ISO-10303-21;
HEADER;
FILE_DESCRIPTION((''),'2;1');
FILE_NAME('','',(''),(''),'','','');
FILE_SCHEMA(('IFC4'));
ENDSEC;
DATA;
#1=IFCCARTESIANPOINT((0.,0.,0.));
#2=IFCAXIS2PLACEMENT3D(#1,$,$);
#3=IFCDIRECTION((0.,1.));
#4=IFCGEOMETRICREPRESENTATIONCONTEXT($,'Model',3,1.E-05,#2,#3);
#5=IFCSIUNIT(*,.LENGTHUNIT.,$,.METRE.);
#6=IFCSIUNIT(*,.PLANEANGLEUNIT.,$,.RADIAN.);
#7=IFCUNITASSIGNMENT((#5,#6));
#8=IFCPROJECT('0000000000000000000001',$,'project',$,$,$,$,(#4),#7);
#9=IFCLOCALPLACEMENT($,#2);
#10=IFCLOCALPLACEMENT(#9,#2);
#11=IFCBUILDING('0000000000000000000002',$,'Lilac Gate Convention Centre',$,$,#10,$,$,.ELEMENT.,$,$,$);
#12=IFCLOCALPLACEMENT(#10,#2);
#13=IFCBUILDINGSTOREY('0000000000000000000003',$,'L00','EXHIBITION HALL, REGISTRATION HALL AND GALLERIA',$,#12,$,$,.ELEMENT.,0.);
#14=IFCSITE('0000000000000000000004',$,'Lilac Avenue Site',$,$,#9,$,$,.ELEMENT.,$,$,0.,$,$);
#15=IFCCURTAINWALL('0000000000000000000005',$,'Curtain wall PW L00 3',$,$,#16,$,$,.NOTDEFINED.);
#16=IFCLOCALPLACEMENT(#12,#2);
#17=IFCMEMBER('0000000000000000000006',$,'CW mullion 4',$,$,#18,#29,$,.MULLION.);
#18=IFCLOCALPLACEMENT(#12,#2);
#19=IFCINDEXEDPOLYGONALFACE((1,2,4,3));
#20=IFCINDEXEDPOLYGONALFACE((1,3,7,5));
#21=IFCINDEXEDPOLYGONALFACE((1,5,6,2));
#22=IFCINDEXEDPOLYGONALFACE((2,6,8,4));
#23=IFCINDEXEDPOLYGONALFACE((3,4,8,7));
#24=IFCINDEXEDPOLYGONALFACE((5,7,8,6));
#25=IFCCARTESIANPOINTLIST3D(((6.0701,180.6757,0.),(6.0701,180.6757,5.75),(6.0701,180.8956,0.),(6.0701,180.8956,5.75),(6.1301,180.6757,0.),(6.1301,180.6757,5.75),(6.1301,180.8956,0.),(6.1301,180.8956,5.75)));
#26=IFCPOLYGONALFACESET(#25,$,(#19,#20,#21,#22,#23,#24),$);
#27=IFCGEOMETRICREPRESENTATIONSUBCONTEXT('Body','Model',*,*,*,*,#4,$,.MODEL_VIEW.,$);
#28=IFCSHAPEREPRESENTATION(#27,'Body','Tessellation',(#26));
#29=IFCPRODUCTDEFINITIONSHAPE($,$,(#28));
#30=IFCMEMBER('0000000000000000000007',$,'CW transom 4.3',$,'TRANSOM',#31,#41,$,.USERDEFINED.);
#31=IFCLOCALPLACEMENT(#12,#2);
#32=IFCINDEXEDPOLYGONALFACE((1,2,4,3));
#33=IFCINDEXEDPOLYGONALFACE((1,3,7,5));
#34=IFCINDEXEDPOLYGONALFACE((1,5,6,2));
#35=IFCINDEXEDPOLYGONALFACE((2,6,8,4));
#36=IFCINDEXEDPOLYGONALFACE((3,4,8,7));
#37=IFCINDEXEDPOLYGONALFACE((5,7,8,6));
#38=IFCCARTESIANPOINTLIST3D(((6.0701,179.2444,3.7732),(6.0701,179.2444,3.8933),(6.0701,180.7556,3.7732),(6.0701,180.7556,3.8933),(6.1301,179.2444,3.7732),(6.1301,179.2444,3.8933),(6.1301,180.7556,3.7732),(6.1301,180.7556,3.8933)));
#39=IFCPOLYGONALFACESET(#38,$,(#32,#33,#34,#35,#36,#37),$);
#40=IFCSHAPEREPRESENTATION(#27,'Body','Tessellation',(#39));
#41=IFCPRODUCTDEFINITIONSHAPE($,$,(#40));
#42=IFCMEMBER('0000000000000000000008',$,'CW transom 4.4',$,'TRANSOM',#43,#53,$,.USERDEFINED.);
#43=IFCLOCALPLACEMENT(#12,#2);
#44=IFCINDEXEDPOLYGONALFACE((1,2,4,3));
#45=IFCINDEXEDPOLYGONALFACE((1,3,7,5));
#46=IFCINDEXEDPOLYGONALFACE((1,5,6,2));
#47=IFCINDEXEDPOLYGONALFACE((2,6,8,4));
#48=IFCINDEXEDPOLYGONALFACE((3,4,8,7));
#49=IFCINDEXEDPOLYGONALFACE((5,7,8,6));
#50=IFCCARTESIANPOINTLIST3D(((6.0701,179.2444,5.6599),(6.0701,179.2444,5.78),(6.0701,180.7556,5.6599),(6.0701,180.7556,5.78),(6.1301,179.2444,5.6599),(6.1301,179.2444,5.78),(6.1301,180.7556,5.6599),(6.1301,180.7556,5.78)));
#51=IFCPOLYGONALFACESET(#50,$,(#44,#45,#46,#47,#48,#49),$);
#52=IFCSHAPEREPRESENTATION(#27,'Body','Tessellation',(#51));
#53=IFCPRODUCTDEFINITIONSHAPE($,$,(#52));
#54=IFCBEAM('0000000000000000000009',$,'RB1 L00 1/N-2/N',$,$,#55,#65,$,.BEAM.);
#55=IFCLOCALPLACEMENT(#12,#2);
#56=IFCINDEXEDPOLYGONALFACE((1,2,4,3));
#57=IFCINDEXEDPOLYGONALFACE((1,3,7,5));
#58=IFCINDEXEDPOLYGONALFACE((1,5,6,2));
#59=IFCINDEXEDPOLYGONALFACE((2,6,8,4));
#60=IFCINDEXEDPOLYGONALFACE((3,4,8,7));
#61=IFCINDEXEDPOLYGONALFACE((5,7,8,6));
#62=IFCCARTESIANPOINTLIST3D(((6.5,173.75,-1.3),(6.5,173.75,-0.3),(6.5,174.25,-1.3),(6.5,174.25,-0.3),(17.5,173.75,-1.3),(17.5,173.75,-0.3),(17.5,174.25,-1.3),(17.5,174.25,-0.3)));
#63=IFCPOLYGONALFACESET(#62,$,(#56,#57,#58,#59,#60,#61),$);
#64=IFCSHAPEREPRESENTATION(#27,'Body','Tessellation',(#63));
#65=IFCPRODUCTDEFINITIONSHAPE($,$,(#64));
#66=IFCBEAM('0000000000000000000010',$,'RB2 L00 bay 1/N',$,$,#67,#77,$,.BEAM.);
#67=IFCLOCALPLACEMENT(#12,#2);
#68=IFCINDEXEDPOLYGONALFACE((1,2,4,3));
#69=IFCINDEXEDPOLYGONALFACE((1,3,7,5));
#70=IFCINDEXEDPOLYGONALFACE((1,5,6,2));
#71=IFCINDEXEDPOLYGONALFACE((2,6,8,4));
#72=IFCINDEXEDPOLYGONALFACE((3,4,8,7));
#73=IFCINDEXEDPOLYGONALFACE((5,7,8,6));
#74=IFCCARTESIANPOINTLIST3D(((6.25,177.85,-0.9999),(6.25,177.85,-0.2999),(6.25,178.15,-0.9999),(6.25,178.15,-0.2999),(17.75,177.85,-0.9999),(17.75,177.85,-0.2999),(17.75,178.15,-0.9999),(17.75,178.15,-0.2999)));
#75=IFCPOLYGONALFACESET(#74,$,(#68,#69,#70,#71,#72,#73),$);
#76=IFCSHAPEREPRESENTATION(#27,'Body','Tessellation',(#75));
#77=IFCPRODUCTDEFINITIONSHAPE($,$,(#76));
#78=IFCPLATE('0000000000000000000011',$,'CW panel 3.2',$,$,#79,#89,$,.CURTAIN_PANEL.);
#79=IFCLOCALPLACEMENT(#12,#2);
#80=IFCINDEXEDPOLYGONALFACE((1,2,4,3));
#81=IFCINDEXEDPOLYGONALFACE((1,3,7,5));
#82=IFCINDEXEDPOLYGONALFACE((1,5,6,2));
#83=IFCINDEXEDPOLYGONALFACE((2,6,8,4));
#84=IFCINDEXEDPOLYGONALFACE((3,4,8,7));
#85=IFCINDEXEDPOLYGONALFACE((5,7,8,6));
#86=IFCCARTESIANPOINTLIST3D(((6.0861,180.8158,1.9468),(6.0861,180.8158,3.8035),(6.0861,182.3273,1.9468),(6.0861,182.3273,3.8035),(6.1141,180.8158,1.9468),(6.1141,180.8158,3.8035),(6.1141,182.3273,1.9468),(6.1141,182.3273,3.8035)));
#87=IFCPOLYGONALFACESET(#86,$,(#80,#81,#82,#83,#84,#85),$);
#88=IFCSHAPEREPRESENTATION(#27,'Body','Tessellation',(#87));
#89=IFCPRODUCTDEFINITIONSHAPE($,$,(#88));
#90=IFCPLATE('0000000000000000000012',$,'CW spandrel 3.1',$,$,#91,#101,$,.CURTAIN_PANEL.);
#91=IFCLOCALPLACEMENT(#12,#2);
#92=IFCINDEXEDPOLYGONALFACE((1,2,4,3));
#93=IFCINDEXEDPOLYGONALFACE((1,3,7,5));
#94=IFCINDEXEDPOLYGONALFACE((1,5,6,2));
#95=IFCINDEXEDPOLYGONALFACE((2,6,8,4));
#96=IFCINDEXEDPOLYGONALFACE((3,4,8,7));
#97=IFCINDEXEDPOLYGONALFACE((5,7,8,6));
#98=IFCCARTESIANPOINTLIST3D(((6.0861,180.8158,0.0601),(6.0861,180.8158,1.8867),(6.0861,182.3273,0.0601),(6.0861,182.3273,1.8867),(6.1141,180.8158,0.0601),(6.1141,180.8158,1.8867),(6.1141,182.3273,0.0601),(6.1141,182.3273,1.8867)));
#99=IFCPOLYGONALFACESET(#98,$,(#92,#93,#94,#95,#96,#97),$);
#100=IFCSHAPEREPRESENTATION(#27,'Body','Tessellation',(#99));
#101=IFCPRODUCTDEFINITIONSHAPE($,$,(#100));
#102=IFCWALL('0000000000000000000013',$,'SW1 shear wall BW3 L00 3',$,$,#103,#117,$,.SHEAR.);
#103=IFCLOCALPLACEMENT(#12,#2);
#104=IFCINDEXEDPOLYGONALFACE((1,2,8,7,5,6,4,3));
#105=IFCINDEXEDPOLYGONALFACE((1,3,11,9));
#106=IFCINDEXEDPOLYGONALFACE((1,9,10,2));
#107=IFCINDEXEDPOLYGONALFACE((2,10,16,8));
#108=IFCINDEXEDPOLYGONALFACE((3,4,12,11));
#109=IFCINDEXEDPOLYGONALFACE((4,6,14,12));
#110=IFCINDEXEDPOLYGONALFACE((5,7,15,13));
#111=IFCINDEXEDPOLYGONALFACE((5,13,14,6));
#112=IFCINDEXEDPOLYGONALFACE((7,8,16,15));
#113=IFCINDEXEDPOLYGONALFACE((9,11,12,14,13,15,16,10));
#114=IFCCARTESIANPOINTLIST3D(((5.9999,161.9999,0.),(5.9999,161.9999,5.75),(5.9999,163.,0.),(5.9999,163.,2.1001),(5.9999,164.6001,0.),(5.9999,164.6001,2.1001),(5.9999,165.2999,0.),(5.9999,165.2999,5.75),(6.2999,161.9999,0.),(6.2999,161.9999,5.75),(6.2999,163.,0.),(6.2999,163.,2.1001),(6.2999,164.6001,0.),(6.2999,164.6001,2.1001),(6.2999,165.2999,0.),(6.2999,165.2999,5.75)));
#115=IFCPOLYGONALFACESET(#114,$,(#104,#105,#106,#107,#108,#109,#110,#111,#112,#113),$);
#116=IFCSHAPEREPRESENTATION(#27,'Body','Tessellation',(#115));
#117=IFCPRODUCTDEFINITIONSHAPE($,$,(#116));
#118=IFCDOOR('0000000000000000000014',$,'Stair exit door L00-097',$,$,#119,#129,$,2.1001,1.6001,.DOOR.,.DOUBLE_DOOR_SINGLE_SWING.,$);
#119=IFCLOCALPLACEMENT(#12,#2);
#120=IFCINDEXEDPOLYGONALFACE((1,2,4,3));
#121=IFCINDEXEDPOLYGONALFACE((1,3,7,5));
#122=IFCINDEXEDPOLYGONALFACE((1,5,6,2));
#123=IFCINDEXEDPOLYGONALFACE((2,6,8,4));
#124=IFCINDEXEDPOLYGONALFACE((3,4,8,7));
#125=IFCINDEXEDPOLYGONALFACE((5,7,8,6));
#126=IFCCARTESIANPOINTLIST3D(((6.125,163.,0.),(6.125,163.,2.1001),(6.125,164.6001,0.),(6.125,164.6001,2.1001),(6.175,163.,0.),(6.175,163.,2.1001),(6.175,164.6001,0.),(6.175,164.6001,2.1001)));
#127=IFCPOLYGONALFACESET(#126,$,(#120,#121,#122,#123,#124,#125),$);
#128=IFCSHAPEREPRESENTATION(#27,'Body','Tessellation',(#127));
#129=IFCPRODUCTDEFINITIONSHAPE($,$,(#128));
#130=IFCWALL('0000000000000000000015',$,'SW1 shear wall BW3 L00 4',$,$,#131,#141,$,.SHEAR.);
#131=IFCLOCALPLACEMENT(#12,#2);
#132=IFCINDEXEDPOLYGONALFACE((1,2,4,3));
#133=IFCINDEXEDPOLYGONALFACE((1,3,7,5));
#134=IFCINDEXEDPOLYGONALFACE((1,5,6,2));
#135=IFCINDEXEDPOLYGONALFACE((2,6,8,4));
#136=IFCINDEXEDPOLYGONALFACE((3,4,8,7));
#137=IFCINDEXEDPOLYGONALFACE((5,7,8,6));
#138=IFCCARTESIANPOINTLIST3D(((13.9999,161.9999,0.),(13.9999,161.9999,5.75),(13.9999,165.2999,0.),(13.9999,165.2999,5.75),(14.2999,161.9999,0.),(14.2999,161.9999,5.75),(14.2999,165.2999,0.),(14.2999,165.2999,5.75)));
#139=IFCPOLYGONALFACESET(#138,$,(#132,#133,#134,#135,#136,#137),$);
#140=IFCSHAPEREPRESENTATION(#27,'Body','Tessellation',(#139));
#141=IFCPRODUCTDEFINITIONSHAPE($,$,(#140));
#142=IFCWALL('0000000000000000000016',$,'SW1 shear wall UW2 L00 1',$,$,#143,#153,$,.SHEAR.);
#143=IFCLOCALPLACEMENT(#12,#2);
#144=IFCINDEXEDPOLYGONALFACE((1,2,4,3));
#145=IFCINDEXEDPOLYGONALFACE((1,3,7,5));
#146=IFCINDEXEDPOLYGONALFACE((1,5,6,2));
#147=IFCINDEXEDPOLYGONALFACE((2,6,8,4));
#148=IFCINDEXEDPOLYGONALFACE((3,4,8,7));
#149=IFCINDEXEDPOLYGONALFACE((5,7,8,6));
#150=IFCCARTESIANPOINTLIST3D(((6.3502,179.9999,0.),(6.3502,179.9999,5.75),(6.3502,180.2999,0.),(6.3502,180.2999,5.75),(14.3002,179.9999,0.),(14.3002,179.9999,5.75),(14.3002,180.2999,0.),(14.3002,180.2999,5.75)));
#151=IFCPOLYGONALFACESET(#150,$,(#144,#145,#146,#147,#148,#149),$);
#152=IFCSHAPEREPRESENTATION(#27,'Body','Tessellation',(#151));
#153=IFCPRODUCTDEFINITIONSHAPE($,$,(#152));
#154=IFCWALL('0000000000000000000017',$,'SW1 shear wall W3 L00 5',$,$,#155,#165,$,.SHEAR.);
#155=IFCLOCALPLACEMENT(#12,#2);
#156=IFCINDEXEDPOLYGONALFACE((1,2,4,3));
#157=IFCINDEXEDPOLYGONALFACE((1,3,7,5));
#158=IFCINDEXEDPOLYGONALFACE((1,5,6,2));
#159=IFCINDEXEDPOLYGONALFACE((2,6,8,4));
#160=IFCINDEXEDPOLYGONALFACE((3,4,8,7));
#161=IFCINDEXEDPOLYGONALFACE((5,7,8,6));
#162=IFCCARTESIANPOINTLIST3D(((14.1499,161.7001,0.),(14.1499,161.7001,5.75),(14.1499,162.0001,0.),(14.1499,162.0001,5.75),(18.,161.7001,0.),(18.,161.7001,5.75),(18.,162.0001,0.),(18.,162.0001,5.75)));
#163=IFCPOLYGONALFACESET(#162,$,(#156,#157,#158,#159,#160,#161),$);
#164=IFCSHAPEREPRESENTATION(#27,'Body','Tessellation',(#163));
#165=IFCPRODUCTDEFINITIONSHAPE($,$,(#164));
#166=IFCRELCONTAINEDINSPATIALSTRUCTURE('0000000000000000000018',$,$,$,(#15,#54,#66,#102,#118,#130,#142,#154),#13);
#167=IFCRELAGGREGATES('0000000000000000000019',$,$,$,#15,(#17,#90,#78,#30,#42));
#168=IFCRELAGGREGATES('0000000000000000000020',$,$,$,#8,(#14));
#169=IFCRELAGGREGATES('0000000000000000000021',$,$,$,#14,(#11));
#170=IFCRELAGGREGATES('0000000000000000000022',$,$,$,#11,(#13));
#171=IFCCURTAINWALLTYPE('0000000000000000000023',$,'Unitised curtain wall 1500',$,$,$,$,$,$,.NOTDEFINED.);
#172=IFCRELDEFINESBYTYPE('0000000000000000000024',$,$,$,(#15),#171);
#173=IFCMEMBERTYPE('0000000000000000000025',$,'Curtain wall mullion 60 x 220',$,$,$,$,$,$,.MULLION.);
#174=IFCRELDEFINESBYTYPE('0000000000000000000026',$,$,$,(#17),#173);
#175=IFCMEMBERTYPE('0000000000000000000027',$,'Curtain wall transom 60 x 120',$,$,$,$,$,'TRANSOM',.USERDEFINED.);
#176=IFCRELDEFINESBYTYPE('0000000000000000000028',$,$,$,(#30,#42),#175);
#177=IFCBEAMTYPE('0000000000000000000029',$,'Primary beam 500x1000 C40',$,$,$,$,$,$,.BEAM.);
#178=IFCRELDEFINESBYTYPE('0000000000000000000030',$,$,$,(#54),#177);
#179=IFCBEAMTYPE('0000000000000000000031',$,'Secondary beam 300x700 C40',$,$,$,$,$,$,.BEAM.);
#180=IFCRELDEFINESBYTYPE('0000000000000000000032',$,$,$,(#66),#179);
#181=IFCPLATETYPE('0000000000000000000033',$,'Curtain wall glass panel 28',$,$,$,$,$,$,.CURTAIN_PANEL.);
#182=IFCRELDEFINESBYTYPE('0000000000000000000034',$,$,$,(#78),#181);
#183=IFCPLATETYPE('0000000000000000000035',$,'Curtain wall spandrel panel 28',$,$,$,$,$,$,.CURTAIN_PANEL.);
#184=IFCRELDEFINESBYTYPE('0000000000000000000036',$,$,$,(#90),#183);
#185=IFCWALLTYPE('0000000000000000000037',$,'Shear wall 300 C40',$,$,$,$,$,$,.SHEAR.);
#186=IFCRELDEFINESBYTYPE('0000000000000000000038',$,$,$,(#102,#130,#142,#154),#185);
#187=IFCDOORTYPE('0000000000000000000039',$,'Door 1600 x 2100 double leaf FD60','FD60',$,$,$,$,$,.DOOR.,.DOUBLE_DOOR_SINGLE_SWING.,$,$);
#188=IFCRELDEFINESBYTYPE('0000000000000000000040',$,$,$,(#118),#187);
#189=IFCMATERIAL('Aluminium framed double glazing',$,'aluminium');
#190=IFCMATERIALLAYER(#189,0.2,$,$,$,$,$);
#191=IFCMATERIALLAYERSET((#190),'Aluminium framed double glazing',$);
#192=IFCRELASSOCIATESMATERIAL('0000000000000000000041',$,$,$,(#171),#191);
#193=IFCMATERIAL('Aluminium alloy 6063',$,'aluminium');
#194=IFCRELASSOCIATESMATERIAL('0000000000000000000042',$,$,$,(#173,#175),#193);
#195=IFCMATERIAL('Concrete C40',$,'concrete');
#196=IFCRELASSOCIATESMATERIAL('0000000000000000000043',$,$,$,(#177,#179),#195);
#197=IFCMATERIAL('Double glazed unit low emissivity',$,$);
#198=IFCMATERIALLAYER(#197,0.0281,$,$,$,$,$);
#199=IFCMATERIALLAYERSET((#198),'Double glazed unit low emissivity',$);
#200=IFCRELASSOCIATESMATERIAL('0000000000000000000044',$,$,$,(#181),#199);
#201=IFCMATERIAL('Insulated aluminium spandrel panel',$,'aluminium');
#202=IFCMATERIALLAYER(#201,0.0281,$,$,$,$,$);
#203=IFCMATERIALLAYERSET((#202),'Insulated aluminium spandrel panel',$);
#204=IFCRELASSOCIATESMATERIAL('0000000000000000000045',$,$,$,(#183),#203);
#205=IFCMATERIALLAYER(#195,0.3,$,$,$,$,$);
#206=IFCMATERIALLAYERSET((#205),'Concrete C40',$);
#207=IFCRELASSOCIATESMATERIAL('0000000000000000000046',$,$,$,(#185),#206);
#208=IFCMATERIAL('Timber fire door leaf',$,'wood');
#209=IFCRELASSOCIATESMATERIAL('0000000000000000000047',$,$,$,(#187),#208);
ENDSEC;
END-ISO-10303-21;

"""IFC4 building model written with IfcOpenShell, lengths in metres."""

from ifc_helpers import new_model, si_unit, direction, frame, frame_2d, origin, origin_2d, place, context, subcontext, project, spatial, rectangle, extrude, material, layer, layer_set, material_profile, profile_set, type_object, element, fill, aggregate, save


model = new_model("IFC4")

# Units and contexts
model_context = context("Model", 3, precision=1e-05, world=origin(), true_north=direction((0.0, 1.0)))
body_context = subcontext(model_context, "Body", "Model", "MODEL_VIEW")
ifc_project = project(units=[si_unit("LENGTHUNIT", "METRE"), si_unit("PLANEANGLEUNIT", "RADIAN")], contexts=[model_context])

# Site, building, storey
site_placement = place(None, origin())
site = spatial("IfcSite", under=ifc_project, at=site_placement, Name="Lilac Avenue Site", CompositionType="ELEMENT", RefElevation=0.0)
building_placement = place(site_placement, origin())
building = spatial("IfcBuilding", under=site, at=building_placement, Name="Lilac Gate Convention Centre", CompositionType="ELEMENT")
storey_placement = place(building_placement, origin())
storey = spatial("IfcBuildingStorey", under=building, at=storey_placement, Name="L00", Description="EXHIBITION HALL, REGISTRATION HALL AND GALLERIA", CompositionType="ELEMENT", Elevation=0.0)

# Curtain wall, members
ifc_material_1 = material(Name="Aluminium framed double glazing", Category="aluminium")
ifc_layer_1 = layer(ifc_material_1, 0.2)
ifc_layer_set_1 = layer_set([ifc_layer_1], Name="Aluminium framed double glazing")
curtain_wall_type = type_object("IfcCurtainWallType", Name="Unitised curtain wall 1500", PredefinedType="NOTDEFINED", material=ifc_layer_set_1)
curtain_wall_placement = place(storey_placement, origin())
curtain_wall = element("IfcCurtainWall", 1, at=curtain_wall_placement, inside=storey, type_object=curtain_wall_type, Name="Curtain wall PW L00 3", PredefinedType="NOTDEFINED")
ifc_material_2 = material(Name="Aluminium alloy 6063", Category="aluminium")
ifc_material_profile_1 = material_profile(ifc_material_2, rectangle(XDim=0.0601, YDim=0.22, at=origin_2d()), Name="Curtain wall mullion 60 x 220")
ifc_profile_set_1 = profile_set([ifc_material_profile_1], Name="Aluminium alloy 6063")
member_type_1 = type_object("IfcMemberType", Name="Curtain wall mullion 60 x 220", PredefinedType="MULLION", material=ifc_profile_set_1)
member_1_placement = place(storey_placement, frame((6.1001, 180.7856, 0.0), z_axis=(0.0, 0.0, 1.0), x_axis=(1.0, 0.0, 0.0)))
member_1 = element("IfcMember", 2, at=member_1_placement, type_object=member_type_1, Name="CW mullion 4", PredefinedType="MULLION", context=body_context, shape_type="SweptSolid", body=[
    extrude(rectangle(XDim=0.0601, YDim=0.22, at=origin_2d()), origin(), (0.0, 0.0, 1.0), 5.75),
])
ifc_material_profile_2 = material_profile(ifc_material_2, rectangle(XDim=0.0601, YDim=0.1201, at=origin_2d()), Name="Curtain wall transom 60 x 120")
ifc_profile_set_2 = profile_set([ifc_material_profile_2], Name="Aluminium alloy 6063")
member_type_2 = type_object("IfcMemberType", Name="Curtain wall transom 60 x 120", ElementType="TRANSOM", PredefinedType="USERDEFINED", material=ifc_profile_set_2)
member_2_placement = place(storey_placement, frame((6.1001, 180.7556, 3.8333), z_axis=(0.0, -1.0, 0.0), x_axis=(1.0, 0.0, 0.0)))
member_2 = element("IfcMember", 3, at=member_2_placement, type_object=member_type_2, Name="CW transom 4.3", ObjectType="TRANSOM", PredefinedType="USERDEFINED", context=body_context, shape_type="SweptSolid", body=[
    extrude(rectangle(XDim=0.0601, YDim=0.1201, at=origin_2d()), origin(), (0.0, 0.0, 1.0), 1.5112),
])
member_3_placement = place(storey_placement, frame((6.1001, 180.7556, 5.72), z_axis=(0.0, -1.0, 0.0), x_axis=(1.0, 0.0, 0.0)))
member_3 = element("IfcMember", 4, at=member_3_placement, type_object=member_type_2, Name="CW transom 4.4", ObjectType="TRANSOM", PredefinedType="USERDEFINED", context=body_context, shape_type="SweptSolid", body=[
    extrude(rectangle(XDim=0.0601, YDim=0.1201, at=origin_2d()), origin(), (0.0, 0.0, 1.0), 1.5112),
])

# Beams
ifc_material_3 = material(Name="Concrete C40", Category="concrete")
ifc_material_profile_3 = material_profile(ifc_material_3, rectangle(XDim=0.5, YDim=1.0, at=origin_2d()), Name="RC 500x1000")
ifc_profile_set_3 = profile_set([ifc_material_profile_3], Name="Concrete C40")
beam_type_1 = type_object("IfcBeamType", Name="Primary beam 500x1000 C40", PredefinedType="BEAM", material=ifc_profile_set_3)
beam_1_placement = place(storey_placement, frame((6.5, 174.0, -0.8), z_axis=(1.0, 0.0, 0.0), x_axis=(0.0, 1.0, 0.0)))
element("IfcBeam", 5, at=beam_1_placement, inside=storey, type_object=beam_type_1, Name="RB1 L00 1/N-2/N", PredefinedType="BEAM", context=body_context, shape_type="SweptSolid", body=[
    extrude(rectangle(XDim=0.5, YDim=1.0, at=origin_2d()), origin(), (0.0, 0.0, 1.0), 11.0),
])
ifc_material_profile_4 = material_profile(ifc_material_3, rectangle(XDim=0.3, YDim=0.7, at=origin_2d()), Name="RC 300x700")
ifc_profile_set_4 = profile_set([ifc_material_profile_4], Name="Concrete C40")
beam_type_2 = type_object("IfcBeamType", Name="Secondary beam 300x700 C40", PredefinedType="BEAM", material=ifc_profile_set_4)
beam_2_placement = place(storey_placement, frame((6.25, 178.0, -0.6499), z_axis=(1.0, 0.0, 0.0), x_axis=(0.0, 1.0, 0.0)))
element("IfcBeam", 6, at=beam_2_placement, inside=storey, type_object=beam_type_2, Name="RB2 L00 bay 1/N", PredefinedType="BEAM", context=body_context, shape_type="SweptSolid", body=[
    extrude(rectangle(XDim=0.3, YDim=0.7, at=origin_2d()), origin(), (0.0, 0.0, 1.0), 11.5),
])

# Plates
ifc_material_4 = material(Name="Double glazed unit low emissivity")
ifc_layer_2 = layer(ifc_material_4, 0.0281)
ifc_layer_set_2 = layer_set([ifc_layer_2], Name="Double glazed unit low emissivity")
plate_type_1 = type_object("IfcPlateType", Name="Curtain wall glass panel 28", PredefinedType="CURTAIN_PANEL", material=ifc_layer_set_2)
plate_1_placement = place(storey_placement, frame((6.1001, 181.5715, 1.9468), z_axis=(0.0, 0.0, 1.0), x_axis=(0.0, -1.0, 0.0)))
plate_1 = element("IfcPlate", 7, at=plate_1_placement, type_object=plate_type_1, Name="CW panel 3.2", PredefinedType="CURTAIN_PANEL", context=body_context, shape_type="SweptSolid", body=[
    extrude(rectangle(XDim=1.5115, YDim=0.0281, at=origin_2d()), origin(), (0.0, 0.0, 1.0), 1.8567),
])
ifc_material_5 = material(Name="Insulated aluminium spandrel panel", Category="aluminium")
ifc_layer_3 = layer(ifc_material_5, 0.0281)
ifc_layer_set_3 = layer_set([ifc_layer_3], Name="Insulated aluminium spandrel panel")
plate_type_2 = type_object("IfcPlateType", Name="Curtain wall spandrel panel 28", PredefinedType="CURTAIN_PANEL", material=ifc_layer_set_3)
plate_2_placement = place(storey_placement, frame((6.1001, 181.5715, 0.0601), z_axis=(0.0, 0.0, 1.0), x_axis=(0.0, -1.0, 0.0)))
plate_2 = element("IfcPlate", 8, at=plate_2_placement, type_object=plate_type_2, Name="CW spandrel 3.1", PredefinedType="CURTAIN_PANEL", context=body_context, shape_type="SweptSolid", body=[
    extrude(rectangle(XDim=1.5115, YDim=0.0281, at=origin_2d()), origin(), (0.0, 0.0, 1.0), 1.8267),
])
aggregate(curtain_wall, [member_1, plate_2, plate_1, member_2, member_3])

# Wall, opening, door
ifc_layer_4 = layer(ifc_material_3, 0.3)
ifc_layer_set_4 = layer_set([ifc_layer_4], Name="Concrete C40")
wall_type = type_object("IfcWallType", Name="Shear wall 300 C40", PredefinedType="SHEAR", material=ifc_layer_set_4)
wall_1_placement = place(storey_placement, frame((6.1499, 162.0, 0.0), z_axis=(0.0, 0.0, 1.0), x_axis=(0.0, 1.0, 0.0)))
wall_1 = element("IfcWall", 9, at=wall_1_placement, inside=storey, type_object=wall_type, Name="SW1 shear wall BW3 L00 3", PredefinedType="SHEAR", context=body_context, shape_type="SweptSolid", body=[
    extrude(rectangle(XDim=3.3, YDim=0.3, at=frame_2d((1.6499, 0.0))), origin(), (0.0, 0.0, 1.0), 5.75),
])
opening_placement = place(wall_1_placement, frame((1.0, 0.0, 0.0)))
opening = element("IfcOpeningElement", 10, at=opening_placement, cuts=wall_1, PredefinedType="OPENING", context=body_context, shape_type="SweptSolid", body=[
    extrude(rectangle(XDim=1.6001, YDim=2.1001, at=frame_2d((0.8, 1.05))), frame((0.0, 0.1599, 0.0), z_axis=(0.0, -1.0, 0.0), x_axis=(1.0, 0.0, 0.0)), (0.0, 0.0, 1.0), 0.3201),
])
ifc_material_6 = material(Name="Timber fire door leaf", Category="wood")
door_type = type_object("IfcDoorType", Name="Door 1600 x 2100 double leaf FD60", Description="FD60", OperationType="DOUBLE_DOOR_SINGLE_SWING", PredefinedType="DOOR", material=ifc_material_6)
door_placement = place(opening_placement, origin())
door = element("IfcDoor", 11, at=door_placement, inside=storey, type_object=door_type, Name="Stair exit door L00-097", OperationType="DOUBLE_DOOR_SINGLE_SWING", OverallHeight=2.1001, OverallWidth=1.6001, PredefinedType="DOOR", context=body_context, shape_type="SweptSolid", body=[
    extrude(rectangle(XDim=1.6001, YDim=2.1001, at=frame_2d((0.8, 1.05))), frame((0.0, 0.0249, 0.0), z_axis=(0.0, -1.0, 0.0), x_axis=(1.0, 0.0, 0.0)), (0.0, 0.0, 1.0), 0.05),
])
fill(opening, door)

# Walls
wall_2_placement = place(storey_placement, frame((14.1499, 162.0, 0.0), z_axis=(0.0, 0.0, 1.0), x_axis=(0.0, 1.0, 0.0)))
element("IfcWall", 12, at=wall_2_placement, inside=storey, type_object=wall_type, Name="SW1 shear wall BW3 L00 4", PredefinedType="SHEAR", context=body_context, shape_type="SweptSolid", body=[
    extrude(rectangle(XDim=3.3, YDim=0.3, at=frame_2d((1.6499, 0.0))), origin(), (0.0, 0.0, 1.0), 5.75),
])
wall_3_placement = place(storey_placement, frame((6.3501, 180.1499, 0.0), z_axis=(0.0, 0.0, 1.0), x_axis=(1.0, 0.0, 0.0)))
element("IfcWall", 13, at=wall_3_placement, inside=storey, type_object=wall_type, Name="SW1 shear wall UW2 L00 1", PredefinedType="SHEAR", context=body_context, shape_type="SweptSolid", body=[
    extrude(rectangle(XDim=7.95, YDim=0.3, at=frame_2d((3.9751, 0.0))), origin(), (0.0, 0.0, 1.0), 5.75),
])
wall_4_placement = place(storey_placement, frame((14.1499, 161.8501, 0.0), z_axis=(0.0, 0.0, 1.0), x_axis=(1.0, 0.0, 0.0)))
element("IfcWall", 14, at=wall_4_placement, inside=storey, type_object=wall_type, Name="SW1 shear wall W3 L00 5", PredefinedType="SHEAR", context=body_context, shape_type="SweptSolid", body=[
    extrude(rectangle(XDim=3.8501, YDim=0.3, at=frame_2d((1.925, 0.0))), origin(), (0.0, 0.0, 1.0), 5.75),
])

save(model, "model.ifc")
